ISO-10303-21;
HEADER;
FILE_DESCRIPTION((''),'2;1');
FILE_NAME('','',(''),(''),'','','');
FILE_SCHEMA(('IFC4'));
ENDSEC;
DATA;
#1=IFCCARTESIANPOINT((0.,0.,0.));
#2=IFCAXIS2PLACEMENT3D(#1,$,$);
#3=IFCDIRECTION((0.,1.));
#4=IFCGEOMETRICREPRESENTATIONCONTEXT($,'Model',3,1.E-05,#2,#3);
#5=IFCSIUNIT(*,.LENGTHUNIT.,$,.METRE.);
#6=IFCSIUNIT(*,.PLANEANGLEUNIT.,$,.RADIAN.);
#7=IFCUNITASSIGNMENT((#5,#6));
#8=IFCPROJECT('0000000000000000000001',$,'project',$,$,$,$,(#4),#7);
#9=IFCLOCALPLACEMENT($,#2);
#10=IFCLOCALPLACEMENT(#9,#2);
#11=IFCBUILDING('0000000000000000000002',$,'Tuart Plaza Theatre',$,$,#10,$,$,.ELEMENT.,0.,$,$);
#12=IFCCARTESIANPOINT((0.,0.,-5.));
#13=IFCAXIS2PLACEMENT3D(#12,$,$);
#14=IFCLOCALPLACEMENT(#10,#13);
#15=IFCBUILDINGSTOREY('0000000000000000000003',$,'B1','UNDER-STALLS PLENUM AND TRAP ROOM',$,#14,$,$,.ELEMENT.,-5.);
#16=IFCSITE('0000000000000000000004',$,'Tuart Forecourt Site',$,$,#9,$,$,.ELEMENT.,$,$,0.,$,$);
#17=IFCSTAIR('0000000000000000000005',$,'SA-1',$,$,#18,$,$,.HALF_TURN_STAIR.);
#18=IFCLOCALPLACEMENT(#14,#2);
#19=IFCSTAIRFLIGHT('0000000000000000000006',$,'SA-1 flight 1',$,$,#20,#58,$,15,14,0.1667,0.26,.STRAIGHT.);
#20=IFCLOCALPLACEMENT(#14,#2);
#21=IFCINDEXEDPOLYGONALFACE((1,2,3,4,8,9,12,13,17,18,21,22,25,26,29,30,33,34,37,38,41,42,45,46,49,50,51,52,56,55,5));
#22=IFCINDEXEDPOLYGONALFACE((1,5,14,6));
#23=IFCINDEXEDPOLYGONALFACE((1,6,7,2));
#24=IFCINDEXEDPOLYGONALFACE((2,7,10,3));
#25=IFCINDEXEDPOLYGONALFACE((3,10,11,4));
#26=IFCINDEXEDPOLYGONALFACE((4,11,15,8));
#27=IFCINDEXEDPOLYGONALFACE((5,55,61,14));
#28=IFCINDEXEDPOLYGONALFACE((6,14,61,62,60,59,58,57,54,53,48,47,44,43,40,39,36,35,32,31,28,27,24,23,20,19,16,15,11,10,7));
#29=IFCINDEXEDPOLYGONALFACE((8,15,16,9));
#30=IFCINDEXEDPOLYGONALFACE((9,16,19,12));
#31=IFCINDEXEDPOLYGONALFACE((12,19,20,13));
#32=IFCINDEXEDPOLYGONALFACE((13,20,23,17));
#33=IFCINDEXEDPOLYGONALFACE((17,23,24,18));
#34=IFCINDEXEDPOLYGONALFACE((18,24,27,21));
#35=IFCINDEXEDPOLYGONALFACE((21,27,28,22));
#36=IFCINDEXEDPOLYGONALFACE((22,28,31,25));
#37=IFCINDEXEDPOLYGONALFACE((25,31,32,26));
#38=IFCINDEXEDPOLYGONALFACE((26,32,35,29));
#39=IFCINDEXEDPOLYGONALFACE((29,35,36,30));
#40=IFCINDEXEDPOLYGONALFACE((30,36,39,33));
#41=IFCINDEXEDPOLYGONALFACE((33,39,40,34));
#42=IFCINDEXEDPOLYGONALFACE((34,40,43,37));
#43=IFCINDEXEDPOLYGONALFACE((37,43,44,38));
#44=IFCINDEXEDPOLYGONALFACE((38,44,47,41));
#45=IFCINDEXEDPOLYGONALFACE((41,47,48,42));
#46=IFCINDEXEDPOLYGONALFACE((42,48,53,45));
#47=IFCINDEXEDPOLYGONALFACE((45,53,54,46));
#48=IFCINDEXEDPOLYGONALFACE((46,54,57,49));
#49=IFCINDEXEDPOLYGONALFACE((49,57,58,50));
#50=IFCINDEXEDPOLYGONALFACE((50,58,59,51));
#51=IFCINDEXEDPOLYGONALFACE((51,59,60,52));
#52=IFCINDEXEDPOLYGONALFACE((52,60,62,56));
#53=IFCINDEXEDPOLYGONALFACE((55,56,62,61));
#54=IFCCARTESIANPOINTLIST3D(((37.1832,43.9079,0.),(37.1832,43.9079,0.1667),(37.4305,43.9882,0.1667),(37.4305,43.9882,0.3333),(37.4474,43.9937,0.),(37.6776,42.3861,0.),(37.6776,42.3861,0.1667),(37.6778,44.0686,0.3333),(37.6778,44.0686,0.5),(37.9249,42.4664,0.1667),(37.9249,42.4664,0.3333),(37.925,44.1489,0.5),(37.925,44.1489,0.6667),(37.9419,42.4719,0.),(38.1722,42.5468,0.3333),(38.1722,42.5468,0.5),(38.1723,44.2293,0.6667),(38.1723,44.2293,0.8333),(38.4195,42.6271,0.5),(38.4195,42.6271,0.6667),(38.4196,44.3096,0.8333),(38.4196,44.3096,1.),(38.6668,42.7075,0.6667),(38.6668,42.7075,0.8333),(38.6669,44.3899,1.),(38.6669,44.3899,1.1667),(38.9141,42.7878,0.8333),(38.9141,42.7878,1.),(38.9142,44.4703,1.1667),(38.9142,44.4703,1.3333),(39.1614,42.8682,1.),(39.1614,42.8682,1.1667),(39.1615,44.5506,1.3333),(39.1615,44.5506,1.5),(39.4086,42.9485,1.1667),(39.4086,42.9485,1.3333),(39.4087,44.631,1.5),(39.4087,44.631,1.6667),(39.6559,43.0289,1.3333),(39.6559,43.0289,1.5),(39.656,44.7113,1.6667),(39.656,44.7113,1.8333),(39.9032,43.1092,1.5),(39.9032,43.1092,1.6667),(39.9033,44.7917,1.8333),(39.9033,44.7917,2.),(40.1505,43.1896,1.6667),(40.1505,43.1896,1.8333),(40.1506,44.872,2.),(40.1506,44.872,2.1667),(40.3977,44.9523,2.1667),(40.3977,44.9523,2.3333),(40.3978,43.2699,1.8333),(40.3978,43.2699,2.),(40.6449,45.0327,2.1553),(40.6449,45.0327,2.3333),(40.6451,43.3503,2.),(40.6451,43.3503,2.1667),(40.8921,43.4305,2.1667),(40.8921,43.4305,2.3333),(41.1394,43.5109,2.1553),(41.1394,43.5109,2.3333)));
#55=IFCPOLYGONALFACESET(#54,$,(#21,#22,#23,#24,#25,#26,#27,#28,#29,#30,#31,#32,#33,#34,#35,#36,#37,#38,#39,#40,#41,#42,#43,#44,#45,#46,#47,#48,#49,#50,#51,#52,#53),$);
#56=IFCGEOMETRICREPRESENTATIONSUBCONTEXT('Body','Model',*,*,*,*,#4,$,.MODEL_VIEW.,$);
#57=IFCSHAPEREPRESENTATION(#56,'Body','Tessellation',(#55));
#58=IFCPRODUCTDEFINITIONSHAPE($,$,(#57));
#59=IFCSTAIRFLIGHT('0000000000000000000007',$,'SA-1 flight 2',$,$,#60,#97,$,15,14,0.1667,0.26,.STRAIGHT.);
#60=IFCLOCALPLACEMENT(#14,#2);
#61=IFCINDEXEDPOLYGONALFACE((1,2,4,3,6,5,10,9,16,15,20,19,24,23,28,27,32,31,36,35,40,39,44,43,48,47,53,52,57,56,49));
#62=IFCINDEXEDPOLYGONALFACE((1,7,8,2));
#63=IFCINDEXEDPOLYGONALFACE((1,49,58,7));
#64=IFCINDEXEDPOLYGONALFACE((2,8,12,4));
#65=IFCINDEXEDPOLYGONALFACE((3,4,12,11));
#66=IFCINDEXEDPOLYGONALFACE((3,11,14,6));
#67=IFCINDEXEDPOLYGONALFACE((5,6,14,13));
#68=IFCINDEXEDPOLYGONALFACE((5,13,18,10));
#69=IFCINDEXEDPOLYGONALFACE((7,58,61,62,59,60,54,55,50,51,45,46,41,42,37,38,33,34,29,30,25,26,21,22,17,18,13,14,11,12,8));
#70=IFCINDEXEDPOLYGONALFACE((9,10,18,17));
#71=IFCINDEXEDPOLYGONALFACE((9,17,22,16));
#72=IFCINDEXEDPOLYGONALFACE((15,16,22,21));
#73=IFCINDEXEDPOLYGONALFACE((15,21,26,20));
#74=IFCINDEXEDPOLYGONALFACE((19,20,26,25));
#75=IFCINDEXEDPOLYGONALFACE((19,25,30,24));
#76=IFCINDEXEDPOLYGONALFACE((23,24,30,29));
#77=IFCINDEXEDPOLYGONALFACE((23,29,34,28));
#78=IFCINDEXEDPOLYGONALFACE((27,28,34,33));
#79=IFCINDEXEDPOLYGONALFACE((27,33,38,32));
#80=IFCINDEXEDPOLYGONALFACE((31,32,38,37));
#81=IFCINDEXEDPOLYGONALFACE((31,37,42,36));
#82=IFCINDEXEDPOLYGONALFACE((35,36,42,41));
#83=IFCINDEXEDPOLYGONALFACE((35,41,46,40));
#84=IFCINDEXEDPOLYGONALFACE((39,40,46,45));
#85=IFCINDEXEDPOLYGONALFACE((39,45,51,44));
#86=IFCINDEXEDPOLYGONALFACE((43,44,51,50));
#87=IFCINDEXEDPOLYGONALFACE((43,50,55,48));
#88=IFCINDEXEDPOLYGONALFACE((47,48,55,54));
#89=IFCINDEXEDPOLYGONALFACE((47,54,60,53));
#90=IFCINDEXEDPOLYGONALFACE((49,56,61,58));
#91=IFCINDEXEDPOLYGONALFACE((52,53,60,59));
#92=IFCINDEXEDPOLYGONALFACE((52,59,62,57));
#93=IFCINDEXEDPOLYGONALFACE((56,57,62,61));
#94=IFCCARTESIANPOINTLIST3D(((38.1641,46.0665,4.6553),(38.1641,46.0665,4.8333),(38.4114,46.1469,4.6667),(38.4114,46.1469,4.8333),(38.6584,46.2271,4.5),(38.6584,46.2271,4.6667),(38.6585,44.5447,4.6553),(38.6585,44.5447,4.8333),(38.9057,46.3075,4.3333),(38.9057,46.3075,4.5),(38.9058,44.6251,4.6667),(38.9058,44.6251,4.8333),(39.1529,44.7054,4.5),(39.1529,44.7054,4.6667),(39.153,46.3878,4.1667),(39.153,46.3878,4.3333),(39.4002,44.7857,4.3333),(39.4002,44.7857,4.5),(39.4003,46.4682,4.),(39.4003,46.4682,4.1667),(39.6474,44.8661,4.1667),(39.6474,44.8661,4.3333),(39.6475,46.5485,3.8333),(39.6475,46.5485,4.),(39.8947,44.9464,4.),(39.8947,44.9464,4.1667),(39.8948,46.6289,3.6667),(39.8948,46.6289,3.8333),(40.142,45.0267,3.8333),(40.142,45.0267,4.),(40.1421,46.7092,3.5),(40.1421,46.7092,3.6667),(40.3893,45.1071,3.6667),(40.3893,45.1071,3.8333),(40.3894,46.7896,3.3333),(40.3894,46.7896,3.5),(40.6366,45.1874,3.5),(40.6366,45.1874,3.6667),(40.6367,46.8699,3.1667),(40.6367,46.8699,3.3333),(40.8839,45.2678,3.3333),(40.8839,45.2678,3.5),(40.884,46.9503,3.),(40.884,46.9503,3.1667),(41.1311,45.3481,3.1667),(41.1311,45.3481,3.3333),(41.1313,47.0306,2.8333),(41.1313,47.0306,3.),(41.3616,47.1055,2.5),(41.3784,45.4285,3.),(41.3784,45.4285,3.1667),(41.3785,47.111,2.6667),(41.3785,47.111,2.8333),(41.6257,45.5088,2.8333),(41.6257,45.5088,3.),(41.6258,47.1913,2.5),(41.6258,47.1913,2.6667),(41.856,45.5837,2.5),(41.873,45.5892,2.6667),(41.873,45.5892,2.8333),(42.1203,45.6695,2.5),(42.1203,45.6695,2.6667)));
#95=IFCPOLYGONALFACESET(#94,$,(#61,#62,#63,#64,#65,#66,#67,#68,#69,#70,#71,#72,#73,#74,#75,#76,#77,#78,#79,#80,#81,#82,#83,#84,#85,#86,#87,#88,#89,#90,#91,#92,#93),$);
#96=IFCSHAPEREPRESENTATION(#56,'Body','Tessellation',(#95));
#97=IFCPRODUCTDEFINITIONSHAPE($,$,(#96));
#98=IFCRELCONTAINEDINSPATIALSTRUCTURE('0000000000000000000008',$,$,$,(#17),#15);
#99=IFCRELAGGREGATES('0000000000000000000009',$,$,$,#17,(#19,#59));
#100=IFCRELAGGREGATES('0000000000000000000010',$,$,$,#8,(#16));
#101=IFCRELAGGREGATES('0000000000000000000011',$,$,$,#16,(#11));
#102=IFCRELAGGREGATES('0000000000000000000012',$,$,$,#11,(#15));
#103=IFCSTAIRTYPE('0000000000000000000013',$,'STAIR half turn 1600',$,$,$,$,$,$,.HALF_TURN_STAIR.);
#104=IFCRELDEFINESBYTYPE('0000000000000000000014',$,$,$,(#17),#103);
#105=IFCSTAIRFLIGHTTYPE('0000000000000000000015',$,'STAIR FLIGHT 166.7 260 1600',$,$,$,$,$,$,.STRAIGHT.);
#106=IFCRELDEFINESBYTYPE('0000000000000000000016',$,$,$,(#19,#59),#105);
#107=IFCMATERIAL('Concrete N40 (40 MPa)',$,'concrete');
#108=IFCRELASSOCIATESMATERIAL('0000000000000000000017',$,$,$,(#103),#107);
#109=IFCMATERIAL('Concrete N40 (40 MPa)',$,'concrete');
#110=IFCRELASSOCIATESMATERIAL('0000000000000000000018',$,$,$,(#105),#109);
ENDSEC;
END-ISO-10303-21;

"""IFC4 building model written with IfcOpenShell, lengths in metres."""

from ifc_helpers import new_model, si_unit, direction, frame, origin, place, context, subcontext, project, spatial, polyline, outline, extrude, material, type_object, element, aggregate, save


model = new_model("IFC4")

# Units and contexts
model_context = context("Model", 3, precision=1e-05, world=origin(), true_north=direction((0.0, 1.0)))
body_context = subcontext(model_context, "Body", "Model", "MODEL_VIEW")
ifc_project = project(units=[si_unit("LENGTHUNIT", "METRE"), si_unit("PLANEANGLEUNIT", "RADIAN")], contexts=[model_context])

# Site, building, storey
site_placement = place(None, origin())
site = spatial("IfcSite", under=ifc_project, at=site_placement, Name="Tuart Forecourt Site", CompositionType="ELEMENT", RefElevation=0.0)
building_placement = place(site_placement, origin())
building = spatial("IfcBuilding", under=site, at=building_placement, Name="Tuart Plaza Theatre", CompositionType="ELEMENT", ElevationOfRefHeight=0.0)
storey_placement = place(building_placement, frame((0.0, 0.0, -5.0)))
storey = spatial("IfcBuildingStorey", under=building, at=storey_placement, Name="B1", Description="UNDER-STALLS PLENUM AND TRAP ROOM", CompositionType="ELEMENT", Elevation=-5.0)

# Stair, stair flights
ifc_material_1 = material(Name="Concrete N40 (40 MPa)", Category="concrete")
stair_type = type_object("IfcStairType", Name="STAIR half turn 1600", PredefinedType="HALF_TURN_STAIR", material=ifc_material_1)
stair_placement = place(storey_placement, origin())
stair = element("IfcStair", 1, at=stair_placement, inside=storey, type_object=stair_type, Name="SA-1", PredefinedType="HALF_TURN_STAIR")
ifc_material_2 = material(Name="Concrete N40 (40 MPa)", Category="concrete")
stair_flight_type = type_object("IfcStairFlightType", Name="STAIR FLIGHT 166.7 260 1600", PredefinedType="STRAIGHT", material=ifc_material_2)
stair_flight_1_placement = place(storey_placement, frame((37.4304, 43.147, 0.0), z_axis=(0.0, 0.0, 1.0), x_axis=(0.951057, 0.309017, 0.0)))
stair_flight_1 = element("IfcStairFlight", 2, at=stair_flight_1_placement, type_object=stair_flight_type, Name="SA-1 flight 1", NumberOfRisers=15, NumberOfTreads=14, PredefinedType="STRAIGHT", RiserHeight=0.1667, TreadLength=0.26, context=body_context, shape_type="SweptSolid", body=[
    extrude(outline(polyline([(0.0, 0.0), (0.0, 0.1667), (0.26, 0.1667), (0.26, 0.3333), (0.52, 0.3333), (0.52, 0.5), (0.78, 0.5), (0.78, 0.6667), (1.04, 0.6667), (1.04, 0.8333), (1.3, 0.8333), (1.3, 1.0), (1.5601, 1.0), (1.5601, 1.1667), (1.8201, 1.1667), (1.8201, 1.3333), (2.0801, 1.3333), (2.0801, 1.5), (2.3401, 1.5), (2.3401, 1.6667), (2.6001, 1.6667), (2.6001, 1.8333), (2.8601, 1.8333), (2.8601, 2.0), (3.1201, 2.0), (3.1201, 2.1667), (3.3799, 2.1667), (3.3799, 2.3333), (3.6399, 2.3333), (3.6399, 2.5), (3.6399, 2.1553), (0.2778, 0.0), (0.0, 0.0)])), frame((0.0, 0.8, 0.0), z_axis=(0.0, -1.0, 0.0), x_axis=(1.0, 0.0, 0.0)), (0.0, 0.0, 1.0), 1.6001),
])
stair_flight_2_placement = place(storey_placement, frame((41.873, 46.4304, 2.5), z_axis=(0.0, 0.0, 1.0), x_axis=(-0.951057, -0.309017, 0.0)))
stair_flight_2 = element("IfcStairFlight", 3, at=stair_flight_2_placement, type_object=stair_flight_type, Name="SA-1 flight 2", NumberOfRisers=15, NumberOfTreads=14, PredefinedType="STRAIGHT", RiserHeight=0.1667, TreadLength=0.26, context=body_context, shape_type="SweptSolid", body=[
    extrude(outline(polyline([(0.0, 0.0), (0.0, 0.1667), (0.26, 0.1667), (0.26, 0.3333), (0.52, 0.3333), (0.52, 0.5), (0.78, 0.5), (0.78, 0.6667), (1.04, 0.6667), (1.04, 0.8333), (1.3, 0.8333), (1.3, 1.0), (1.5601, 1.0), (1.5601, 1.1667), (1.8201, 1.1667), (1.8201, 1.3333), (2.0801, 1.3333), (2.0801, 1.5), (2.3401, 1.5), (2.3401, 1.6667), (2.6001, 1.6667), (2.6001, 1.8333), (2.8601, 1.8333), (2.8601, 2.0), (3.1201, 2.0), (3.1201, 2.1667), (3.3799, 2.1667), (3.3799, 2.3333), (3.6399, 2.3333), (3.6399, 2.5), (3.6399, 2.1553), (0.2778, 0.0), (0.0, 0.0)])), frame((0.0, 0.8, 0.0), z_axis=(0.0, -1.0, 0.0), x_axis=(1.0, 0.0, 0.0)), (0.0, 0.0, 1.0), 1.6001),
])
aggregate(stair, [stair_flight_1, stair_flight_2])

save(model, "model.ifc")
